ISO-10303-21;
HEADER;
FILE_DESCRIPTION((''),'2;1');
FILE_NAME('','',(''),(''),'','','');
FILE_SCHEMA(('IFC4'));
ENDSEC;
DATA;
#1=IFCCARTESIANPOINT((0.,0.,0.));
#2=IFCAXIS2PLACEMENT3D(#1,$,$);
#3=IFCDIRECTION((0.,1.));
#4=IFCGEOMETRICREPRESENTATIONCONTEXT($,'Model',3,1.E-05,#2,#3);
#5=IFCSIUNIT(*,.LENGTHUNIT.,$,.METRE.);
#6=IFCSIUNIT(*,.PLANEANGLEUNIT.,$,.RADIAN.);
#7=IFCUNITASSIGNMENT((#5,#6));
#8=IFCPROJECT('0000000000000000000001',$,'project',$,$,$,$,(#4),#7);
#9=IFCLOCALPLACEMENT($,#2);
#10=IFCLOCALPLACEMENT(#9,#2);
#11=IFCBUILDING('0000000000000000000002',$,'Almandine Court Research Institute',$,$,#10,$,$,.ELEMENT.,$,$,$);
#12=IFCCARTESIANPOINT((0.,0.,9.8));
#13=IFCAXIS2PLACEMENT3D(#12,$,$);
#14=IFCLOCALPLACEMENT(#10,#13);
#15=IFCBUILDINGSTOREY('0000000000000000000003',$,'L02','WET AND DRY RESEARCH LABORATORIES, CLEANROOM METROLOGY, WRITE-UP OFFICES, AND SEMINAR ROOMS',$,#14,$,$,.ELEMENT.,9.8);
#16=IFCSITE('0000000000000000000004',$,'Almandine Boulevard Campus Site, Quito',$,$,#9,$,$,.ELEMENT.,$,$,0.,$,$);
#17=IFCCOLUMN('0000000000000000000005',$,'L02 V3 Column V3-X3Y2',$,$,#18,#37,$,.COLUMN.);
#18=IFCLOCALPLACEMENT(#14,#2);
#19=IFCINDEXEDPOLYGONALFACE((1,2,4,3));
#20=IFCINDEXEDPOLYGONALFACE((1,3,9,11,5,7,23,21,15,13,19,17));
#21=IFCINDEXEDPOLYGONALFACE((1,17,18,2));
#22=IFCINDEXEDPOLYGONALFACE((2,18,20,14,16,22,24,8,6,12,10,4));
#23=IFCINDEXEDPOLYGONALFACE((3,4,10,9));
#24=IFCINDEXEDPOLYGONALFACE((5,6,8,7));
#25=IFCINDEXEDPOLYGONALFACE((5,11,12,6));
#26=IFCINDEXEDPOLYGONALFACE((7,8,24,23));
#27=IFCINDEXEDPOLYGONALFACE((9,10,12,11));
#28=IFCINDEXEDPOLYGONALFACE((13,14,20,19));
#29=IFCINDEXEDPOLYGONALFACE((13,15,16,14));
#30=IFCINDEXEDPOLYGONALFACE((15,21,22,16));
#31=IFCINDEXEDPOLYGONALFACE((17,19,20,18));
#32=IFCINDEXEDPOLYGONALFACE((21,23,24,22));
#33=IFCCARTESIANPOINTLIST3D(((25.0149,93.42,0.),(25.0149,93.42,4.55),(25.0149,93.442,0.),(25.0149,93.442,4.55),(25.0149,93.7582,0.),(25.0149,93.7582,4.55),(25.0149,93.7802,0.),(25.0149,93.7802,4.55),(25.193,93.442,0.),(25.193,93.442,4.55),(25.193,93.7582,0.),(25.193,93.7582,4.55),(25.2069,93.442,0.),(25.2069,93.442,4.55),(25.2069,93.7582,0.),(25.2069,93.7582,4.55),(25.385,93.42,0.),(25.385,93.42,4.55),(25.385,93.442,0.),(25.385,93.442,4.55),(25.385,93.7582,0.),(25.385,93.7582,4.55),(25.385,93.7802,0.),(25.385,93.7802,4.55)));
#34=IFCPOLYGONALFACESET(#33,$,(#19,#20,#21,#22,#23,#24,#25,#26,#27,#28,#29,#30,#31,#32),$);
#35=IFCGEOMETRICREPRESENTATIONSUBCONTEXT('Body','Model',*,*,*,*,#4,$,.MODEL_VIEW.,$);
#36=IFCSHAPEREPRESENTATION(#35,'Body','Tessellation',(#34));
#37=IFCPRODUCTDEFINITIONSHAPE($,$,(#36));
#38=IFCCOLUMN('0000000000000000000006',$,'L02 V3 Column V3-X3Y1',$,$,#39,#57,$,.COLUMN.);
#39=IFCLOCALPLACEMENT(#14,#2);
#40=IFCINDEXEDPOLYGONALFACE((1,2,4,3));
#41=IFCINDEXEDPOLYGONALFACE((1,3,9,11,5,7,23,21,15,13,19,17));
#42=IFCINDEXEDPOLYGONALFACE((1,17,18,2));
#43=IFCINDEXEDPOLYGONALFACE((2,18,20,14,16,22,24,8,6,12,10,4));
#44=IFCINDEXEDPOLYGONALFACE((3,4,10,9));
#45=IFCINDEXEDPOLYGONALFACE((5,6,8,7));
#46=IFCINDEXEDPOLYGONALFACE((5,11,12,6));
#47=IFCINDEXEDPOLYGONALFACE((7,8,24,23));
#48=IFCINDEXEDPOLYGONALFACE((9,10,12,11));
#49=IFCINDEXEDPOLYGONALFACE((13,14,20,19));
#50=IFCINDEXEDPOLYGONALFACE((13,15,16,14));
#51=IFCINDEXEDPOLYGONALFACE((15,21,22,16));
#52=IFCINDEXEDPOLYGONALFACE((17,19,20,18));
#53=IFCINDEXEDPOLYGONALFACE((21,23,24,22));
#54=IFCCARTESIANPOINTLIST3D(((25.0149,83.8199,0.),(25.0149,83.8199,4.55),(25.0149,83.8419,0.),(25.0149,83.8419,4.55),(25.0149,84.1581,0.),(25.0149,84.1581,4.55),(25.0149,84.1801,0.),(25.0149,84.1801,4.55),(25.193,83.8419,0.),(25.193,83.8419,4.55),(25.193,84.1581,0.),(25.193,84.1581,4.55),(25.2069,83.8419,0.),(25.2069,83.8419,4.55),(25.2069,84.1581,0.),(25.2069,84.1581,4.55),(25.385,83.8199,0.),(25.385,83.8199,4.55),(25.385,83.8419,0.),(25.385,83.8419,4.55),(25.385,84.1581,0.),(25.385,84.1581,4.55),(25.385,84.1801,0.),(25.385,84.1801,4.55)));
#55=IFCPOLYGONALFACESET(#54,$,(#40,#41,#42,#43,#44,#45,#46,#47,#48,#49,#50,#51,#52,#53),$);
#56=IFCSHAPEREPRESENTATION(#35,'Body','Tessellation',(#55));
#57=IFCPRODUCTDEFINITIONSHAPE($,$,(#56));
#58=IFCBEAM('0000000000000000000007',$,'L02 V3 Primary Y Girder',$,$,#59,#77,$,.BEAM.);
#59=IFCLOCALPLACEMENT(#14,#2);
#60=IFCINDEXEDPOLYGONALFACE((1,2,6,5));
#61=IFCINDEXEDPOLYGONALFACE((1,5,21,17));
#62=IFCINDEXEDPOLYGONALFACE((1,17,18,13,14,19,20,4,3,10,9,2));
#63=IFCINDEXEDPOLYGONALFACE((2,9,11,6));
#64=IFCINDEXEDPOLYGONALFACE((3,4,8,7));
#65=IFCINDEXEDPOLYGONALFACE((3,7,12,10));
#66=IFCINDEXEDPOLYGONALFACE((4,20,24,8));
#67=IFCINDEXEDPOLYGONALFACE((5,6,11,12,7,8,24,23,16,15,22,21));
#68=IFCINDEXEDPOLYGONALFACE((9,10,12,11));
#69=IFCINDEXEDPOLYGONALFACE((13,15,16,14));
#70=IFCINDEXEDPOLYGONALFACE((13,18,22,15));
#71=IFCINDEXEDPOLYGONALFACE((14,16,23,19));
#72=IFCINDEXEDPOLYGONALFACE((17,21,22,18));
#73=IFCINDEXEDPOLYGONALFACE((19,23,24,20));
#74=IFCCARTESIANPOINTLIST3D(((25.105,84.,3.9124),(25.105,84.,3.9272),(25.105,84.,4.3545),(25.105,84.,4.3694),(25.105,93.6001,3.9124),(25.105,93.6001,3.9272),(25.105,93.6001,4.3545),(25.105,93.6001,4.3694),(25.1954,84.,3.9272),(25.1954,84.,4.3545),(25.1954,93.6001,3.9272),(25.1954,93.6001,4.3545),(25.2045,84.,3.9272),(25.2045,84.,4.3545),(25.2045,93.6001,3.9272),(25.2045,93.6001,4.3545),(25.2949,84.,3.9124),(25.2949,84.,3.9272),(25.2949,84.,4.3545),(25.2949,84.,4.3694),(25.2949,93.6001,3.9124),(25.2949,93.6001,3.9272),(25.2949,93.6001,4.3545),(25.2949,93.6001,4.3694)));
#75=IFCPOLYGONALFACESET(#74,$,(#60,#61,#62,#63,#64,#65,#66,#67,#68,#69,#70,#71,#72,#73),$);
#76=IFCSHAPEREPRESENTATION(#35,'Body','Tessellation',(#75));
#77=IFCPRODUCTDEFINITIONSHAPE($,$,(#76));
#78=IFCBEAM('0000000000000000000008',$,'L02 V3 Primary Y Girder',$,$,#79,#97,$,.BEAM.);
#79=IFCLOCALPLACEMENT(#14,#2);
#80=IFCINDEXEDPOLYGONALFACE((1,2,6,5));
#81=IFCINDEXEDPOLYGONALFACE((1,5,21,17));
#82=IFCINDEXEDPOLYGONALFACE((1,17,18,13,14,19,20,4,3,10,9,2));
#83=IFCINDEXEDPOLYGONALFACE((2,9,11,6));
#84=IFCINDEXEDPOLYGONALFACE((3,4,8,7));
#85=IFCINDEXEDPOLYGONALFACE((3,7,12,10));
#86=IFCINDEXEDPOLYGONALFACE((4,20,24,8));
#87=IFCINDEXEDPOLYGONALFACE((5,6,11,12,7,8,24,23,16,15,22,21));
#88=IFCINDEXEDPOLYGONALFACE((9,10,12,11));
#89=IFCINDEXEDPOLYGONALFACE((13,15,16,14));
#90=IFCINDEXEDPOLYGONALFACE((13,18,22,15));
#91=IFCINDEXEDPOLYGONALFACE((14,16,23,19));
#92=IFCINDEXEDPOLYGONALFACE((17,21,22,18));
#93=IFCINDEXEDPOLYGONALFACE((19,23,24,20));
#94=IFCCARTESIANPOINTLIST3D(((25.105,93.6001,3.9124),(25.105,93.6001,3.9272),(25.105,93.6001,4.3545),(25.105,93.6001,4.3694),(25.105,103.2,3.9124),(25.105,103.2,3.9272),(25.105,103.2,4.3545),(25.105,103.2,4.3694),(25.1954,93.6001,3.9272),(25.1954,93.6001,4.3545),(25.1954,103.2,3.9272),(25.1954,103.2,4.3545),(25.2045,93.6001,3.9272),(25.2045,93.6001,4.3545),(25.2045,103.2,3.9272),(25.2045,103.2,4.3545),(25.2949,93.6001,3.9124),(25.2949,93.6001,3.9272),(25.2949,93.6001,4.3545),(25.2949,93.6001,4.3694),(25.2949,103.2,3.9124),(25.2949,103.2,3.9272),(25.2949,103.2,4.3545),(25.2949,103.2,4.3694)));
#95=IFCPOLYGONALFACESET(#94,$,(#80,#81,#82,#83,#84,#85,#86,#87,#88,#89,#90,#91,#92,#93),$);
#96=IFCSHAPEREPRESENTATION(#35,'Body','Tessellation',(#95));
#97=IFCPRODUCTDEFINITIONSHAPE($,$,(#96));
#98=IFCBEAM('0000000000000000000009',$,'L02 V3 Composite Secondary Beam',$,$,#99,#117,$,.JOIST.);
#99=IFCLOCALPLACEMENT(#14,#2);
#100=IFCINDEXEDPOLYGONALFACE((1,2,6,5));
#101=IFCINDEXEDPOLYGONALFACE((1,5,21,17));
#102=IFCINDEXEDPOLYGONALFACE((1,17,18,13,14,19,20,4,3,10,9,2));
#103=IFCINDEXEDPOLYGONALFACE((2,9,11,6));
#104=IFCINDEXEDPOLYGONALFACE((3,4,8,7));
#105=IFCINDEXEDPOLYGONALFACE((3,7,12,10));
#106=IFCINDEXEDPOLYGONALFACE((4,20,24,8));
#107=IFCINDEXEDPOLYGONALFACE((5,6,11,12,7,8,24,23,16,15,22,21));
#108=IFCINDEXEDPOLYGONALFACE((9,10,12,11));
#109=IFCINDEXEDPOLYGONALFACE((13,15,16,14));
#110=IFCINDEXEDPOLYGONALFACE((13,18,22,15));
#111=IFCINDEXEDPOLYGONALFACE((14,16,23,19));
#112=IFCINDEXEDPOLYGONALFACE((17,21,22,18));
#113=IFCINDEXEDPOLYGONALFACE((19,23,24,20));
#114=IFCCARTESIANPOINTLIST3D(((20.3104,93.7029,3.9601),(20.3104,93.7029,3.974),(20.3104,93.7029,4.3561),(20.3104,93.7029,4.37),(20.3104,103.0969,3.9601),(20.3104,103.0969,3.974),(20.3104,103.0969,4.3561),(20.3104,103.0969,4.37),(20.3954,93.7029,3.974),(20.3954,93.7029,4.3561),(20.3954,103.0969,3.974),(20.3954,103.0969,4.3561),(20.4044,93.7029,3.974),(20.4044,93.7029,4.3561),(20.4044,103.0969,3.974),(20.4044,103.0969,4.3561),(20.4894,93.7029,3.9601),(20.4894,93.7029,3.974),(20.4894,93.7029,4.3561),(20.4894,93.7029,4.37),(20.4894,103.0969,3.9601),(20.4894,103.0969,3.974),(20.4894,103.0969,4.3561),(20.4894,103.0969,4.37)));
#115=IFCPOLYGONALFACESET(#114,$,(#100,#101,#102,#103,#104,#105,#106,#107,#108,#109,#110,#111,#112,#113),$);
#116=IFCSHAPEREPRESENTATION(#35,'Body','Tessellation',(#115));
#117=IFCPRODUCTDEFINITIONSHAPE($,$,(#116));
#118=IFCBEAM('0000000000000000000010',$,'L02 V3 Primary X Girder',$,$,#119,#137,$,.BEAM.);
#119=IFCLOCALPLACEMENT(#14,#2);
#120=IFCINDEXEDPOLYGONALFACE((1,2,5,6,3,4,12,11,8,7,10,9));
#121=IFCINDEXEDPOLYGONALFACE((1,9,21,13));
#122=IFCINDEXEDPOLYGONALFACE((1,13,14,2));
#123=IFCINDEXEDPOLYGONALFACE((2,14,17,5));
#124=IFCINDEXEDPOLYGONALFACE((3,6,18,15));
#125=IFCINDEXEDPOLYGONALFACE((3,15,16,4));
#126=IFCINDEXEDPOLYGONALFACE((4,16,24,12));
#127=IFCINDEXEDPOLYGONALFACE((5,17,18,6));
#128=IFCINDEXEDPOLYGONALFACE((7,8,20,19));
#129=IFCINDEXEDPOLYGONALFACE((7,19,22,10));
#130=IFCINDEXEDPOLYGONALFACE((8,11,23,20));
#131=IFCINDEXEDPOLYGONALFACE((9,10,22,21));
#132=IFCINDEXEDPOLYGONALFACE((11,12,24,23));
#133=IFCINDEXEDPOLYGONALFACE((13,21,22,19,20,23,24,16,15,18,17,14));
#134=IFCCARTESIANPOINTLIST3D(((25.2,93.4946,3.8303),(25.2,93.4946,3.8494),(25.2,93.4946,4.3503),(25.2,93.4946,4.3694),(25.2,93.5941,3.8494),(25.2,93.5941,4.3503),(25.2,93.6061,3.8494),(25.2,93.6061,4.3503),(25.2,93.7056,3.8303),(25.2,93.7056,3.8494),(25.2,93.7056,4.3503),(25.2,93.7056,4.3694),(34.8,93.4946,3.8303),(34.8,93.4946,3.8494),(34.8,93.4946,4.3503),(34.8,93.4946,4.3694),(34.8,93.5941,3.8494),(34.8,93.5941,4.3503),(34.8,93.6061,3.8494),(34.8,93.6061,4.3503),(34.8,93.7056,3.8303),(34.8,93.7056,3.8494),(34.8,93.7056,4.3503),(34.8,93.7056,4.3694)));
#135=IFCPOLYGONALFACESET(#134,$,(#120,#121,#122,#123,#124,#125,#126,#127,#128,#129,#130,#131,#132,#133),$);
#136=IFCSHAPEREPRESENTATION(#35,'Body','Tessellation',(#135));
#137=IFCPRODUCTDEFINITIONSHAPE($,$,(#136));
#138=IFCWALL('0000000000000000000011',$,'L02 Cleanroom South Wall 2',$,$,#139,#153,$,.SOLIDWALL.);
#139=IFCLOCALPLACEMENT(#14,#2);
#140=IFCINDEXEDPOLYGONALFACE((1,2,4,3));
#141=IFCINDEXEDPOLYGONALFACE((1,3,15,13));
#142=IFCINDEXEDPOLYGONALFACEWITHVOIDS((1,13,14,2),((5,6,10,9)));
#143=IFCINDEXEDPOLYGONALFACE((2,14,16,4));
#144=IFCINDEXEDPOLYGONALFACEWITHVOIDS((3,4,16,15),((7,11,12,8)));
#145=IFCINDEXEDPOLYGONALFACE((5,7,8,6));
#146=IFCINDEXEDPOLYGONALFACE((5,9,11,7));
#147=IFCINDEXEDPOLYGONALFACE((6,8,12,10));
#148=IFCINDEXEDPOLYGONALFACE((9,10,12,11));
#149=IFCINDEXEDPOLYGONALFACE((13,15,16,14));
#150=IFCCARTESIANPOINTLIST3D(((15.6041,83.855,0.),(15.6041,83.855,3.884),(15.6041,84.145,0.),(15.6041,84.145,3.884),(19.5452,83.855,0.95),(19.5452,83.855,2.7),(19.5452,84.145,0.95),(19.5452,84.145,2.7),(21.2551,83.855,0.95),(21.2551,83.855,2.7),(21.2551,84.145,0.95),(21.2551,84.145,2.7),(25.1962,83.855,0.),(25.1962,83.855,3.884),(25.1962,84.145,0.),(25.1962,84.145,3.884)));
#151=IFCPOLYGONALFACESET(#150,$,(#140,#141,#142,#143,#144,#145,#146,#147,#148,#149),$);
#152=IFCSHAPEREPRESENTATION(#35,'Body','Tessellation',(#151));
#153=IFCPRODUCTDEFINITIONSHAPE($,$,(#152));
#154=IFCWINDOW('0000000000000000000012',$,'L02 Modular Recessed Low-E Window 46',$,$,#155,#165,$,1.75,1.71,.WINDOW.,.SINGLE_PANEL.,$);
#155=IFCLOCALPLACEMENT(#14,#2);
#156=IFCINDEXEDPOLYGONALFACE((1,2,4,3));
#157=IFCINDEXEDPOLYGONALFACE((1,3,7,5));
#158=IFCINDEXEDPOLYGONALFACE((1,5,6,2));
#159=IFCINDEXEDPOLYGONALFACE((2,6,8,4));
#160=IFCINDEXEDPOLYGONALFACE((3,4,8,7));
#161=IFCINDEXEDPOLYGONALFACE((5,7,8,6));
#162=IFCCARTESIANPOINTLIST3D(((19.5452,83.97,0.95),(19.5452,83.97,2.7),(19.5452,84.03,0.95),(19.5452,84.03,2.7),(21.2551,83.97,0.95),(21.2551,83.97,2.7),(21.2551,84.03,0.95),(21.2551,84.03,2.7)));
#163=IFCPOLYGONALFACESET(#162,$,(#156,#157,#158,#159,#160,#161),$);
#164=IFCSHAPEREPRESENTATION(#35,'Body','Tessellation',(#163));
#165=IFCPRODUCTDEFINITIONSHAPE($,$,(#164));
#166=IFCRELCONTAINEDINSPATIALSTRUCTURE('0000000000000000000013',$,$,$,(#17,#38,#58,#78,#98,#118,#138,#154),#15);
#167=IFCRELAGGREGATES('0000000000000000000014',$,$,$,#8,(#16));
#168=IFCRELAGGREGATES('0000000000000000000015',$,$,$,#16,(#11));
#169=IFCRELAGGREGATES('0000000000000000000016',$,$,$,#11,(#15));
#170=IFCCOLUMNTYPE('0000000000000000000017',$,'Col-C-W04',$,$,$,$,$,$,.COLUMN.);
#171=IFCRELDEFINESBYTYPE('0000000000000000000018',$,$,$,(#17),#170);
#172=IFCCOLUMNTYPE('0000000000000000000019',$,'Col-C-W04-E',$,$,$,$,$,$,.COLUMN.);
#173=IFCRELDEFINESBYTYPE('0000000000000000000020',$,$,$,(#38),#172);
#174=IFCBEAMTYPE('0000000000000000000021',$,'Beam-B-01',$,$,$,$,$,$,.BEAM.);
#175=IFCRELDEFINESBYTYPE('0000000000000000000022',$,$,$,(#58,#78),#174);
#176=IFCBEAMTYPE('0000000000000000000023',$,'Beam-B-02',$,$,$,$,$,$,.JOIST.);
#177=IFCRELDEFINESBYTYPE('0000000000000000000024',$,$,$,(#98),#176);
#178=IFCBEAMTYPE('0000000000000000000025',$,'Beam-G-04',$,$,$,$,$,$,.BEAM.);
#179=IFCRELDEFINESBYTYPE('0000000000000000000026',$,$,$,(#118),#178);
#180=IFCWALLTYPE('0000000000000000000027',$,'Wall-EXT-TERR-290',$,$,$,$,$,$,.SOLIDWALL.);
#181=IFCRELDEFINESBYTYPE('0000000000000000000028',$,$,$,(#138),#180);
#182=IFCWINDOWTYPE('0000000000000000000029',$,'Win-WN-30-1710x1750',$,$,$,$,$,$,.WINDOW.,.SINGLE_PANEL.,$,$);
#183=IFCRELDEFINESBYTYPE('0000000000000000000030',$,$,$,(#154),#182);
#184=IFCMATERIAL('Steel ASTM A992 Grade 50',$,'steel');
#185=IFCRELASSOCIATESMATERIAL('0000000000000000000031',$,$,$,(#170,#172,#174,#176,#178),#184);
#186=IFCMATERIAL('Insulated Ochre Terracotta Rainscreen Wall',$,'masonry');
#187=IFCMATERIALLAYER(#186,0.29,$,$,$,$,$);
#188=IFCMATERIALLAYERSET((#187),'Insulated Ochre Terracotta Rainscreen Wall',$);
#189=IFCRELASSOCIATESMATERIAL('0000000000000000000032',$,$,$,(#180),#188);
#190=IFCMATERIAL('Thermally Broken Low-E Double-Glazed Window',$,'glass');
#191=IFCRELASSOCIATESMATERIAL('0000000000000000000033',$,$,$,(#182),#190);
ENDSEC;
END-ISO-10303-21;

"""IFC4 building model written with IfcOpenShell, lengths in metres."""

from ifc_helpers import new_model, si_unit, direction, frame, frame_2d, origin, origin_2d, place, context, subcontext, project, spatial, rectangle, i_section, extrude, material, layer, layer_set, material_profile, profile_set, type_object, element, fill, save


model = new_model("IFC4")

# Units and contexts
model_context = context("Model", 3, precision=1e-05, world=origin(), true_north=direction((0.0, 1.0)))
body_context = subcontext(model_context, "Body", "Model", "MODEL_VIEW")
ifc_project = project(units=[si_unit("LENGTHUNIT", "METRE"), si_unit("PLANEANGLEUNIT", "RADIAN")], contexts=[model_context])

# Site, building, storey
site_placement = place(None, origin())
site = spatial("IfcSite", under=ifc_project, at=site_placement, Name="Almandine Boulevard Campus Site, Quito", CompositionType="ELEMENT", RefElevation=0.0)
building_placement = place(site_placement, origin())
building = spatial("IfcBuilding", under=site, at=building_placement, Name="Almandine Court Research Institute", CompositionType="ELEMENT")
storey_placement = place(building_placement, frame((0.0, 0.0, 9.8)))
storey = spatial("IfcBuildingStorey", under=building, at=storey_placement, Name="L02", Description="WET AND DRY RESEARCH LABORATORIES, CLEANROOM METROLOGY, WRITE-UP OFFICES, AND SEMINAR ROOMS", CompositionType="ELEMENT", Elevation=9.8)

# Columns
ifc_material_1 = material(Name="Steel ASTM A992 Grade 50", Category="steel")
ifc_material_profile_1 = material_profile(ifc_material_1, i_section(OverallWidth=0.3701, OverallDepth=0.3601, WebThickness=0.0139, FlangeThickness=0.022, at=origin_2d()), Name="W360x147")
ifc_profile_set_1 = profile_set([ifc_material_profile_1], Name="Steel ASTM A992 Grade 50")
column_type_1 = type_object("IfcColumnType", Name="Col-C-W04", PredefinedType="COLUMN", material=ifc_profile_set_1)
column_1_placement = place(storey_placement, frame((25.2, 93.6001, 0.0), z_axis=(0.0, 0.0, 1.0), x_axis=(1.0, 0.0, 0.0)))
element("IfcColumn", 1, at=column_1_placement, inside=storey, type_object=column_type_1, Name="L02 V3 Column V3-X3Y2", PredefinedType="COLUMN", context=body_context, shape_type="SweptSolid", body=[
    extrude(i_section(OverallWidth=0.3701, OverallDepth=0.3601, WebThickness=0.0139, FlangeThickness=0.022, at=origin_2d()), origin(), (0.0, 0.0, 1.0), 4.55),
])
ifc_material_profile_2 = material_profile(ifc_material_1, i_section(OverallWidth=0.3701, OverallDepth=0.3601, WebThickness=0.0139, FlangeThickness=0.022, at=origin_2d()), Name="W360x147")
ifc_profile_set_2 = profile_set([ifc_material_profile_2], Name="Steel ASTM A992 Grade 50")
column_type_2 = type_object("IfcColumnType", Name="Col-C-W04-E", PredefinedType="COLUMN", material=ifc_profile_set_2)
column_2_placement = place(storey_placement, frame((25.2, 84.0, 0.0), z_axis=(0.0, 0.0, 1.0), x_axis=(1.0, 0.0, 0.0)))
element("IfcColumn", 2, at=column_2_placement, inside=storey, type_object=column_type_2, Name="L02 V3 Column V3-X3Y1", PredefinedType="COLUMN", context=body_context, shape_type="SweptSolid", body=[
    extrude(i_section(OverallWidth=0.3701, OverallDepth=0.3601, WebThickness=0.0139, FlangeThickness=0.022, at=origin_2d()), origin(), (0.0, 0.0, 1.0), 4.55),
])

# Beams
ifc_material_profile_3 = material_profile(ifc_material_1, i_section(OverallWidth=0.1899, OverallDepth=0.457, WebThickness=0.009, FlangeThickness=0.0149, at=origin_2d()), Name="W460x74")
ifc_profile_set_3 = profile_set([ifc_material_profile_3], Name="Steel ASTM A992 Grade 50")
beam_type_1 = type_object("IfcBeamType", Name="Beam-B-01", PredefinedType="BEAM", material=ifc_profile_set_3)
beam_1_placement = place(storey_placement, frame((25.2, 84.0, 4.1409), z_axis=(0.0, 1.0, 0.0), x_axis=(-1.0, 0.0, 0.0)))
element("IfcBeam", 3, at=beam_1_placement, inside=storey, type_object=beam_type_1, Name="L02 V3 Primary Y Girder", PredefinedType="BEAM", context=body_context, shape_type="SweptSolid", body=[
    extrude(i_section(OverallWidth=0.1899, OverallDepth=0.457, WebThickness=0.009, FlangeThickness=0.0149, at=origin_2d()), origin(), (0.0, 0.0, 1.0), 9.6001),
])
beam_2_placement = place(storey_placement, frame((25.2, 93.6001, 4.1409), z_axis=(0.0, 1.0, 0.0), x_axis=(-1.0, 0.0, 0.0)))
element("IfcBeam", 4, at=beam_2_placement, inside=storey, type_object=beam_type_1, Name="L02 V3 Primary Y Girder", PredefinedType="BEAM", context=body_context, shape_type="SweptSolid", body=[
    extrude(i_section(OverallWidth=0.1899, OverallDepth=0.457, WebThickness=0.009, FlangeThickness=0.0149, at=origin_2d()), origin(), (0.0, 0.0, 1.0), 9.5999),
])
ifc_material_profile_4 = material_profile(ifc_material_1, i_section(OverallWidth=0.179, OverallDepth=0.4099, WebThickness=0.009, FlangeThickness=0.0139, at=origin_2d()), Name="W410x67")
ifc_profile_set_4 = profile_set([ifc_material_profile_4], Name="Steel ASTM A992 Grade 50")
beam_type_2 = type_object("IfcBeamType", Name="Beam-B-02", PredefinedType="JOIST", material=ifc_profile_set_4)
beam_3_placement = place(storey_placement, frame((20.3999, 93.7029, 4.165), z_axis=(0.0, 1.0, 0.0), x_axis=(-1.0, 0.0, 0.0)))
element("IfcBeam", 5, at=beam_3_placement, inside=storey, type_object=beam_type_2, Name="L02 V3 Composite Secondary Beam", PredefinedType="JOIST", context=body_context, shape_type="SweptSolid", body=[
    extrude(i_section(OverallWidth=0.179, OverallDepth=0.4099, WebThickness=0.009, FlangeThickness=0.0139, at=origin_2d()), origin(), (0.0, 0.0, 1.0), 9.394),
])
ifc_material_profile_5 = material_profile(ifc_material_1, i_section(OverallWidth=0.2109, OverallDepth=0.5391, WebThickness=0.012, FlangeThickness=0.019, at=origin_2d()), Name="W530x109")
ifc_profile_set_5 = profile_set([ifc_material_profile_5], Name="Steel ASTM A992 Grade 50")
beam_type_3 = type_object("IfcBeamType", Name="Beam-G-04", PredefinedType="BEAM", material=ifc_profile_set_5)
beam_4_placement = place(storey_placement, frame((25.2, 93.6001, 4.0999), z_axis=(1.0, 0.0, 0.0), x_axis=(0.0, 1.0, 0.0)))
element("IfcBeam", 6, at=beam_4_placement, inside=storey, type_object=beam_type_3, Name="L02 V3 Primary X Girder", PredefinedType="BEAM", context=body_context, shape_type="SweptSolid", body=[
    extrude(i_section(OverallWidth=0.2109, OverallDepth=0.5391, WebThickness=0.012, FlangeThickness=0.019, at=origin_2d()), origin(), (0.0, 0.0, 1.0), 9.6001),
])

# Wall, opening, window
ifc_material_2 = material(Name="Insulated Ochre Terracotta Rainscreen Wall", Category="masonry")
ifc_layer_1 = layer(ifc_material_2, 0.29)
ifc_layer_set_1 = layer_set([ifc_layer_1], Name="Insulated Ochre Terracotta Rainscreen Wall")
wall_type_1 = type_object("IfcWallType", Name="Wall-EXT-TERR-290", PredefinedType="SOLIDWALL", material=ifc_layer_set_1)
wall_1_placement = place(storey_placement, frame((25.196, 84.0, 0.0), z_axis=(0.0, 0.0, 1.0), x_axis=(-1.0, 0.0, 0.0)))
wall_1 = element("IfcWall", 7, at=wall_1_placement, inside=storey, type_object=wall_type_1, Name="L02 Cleanroom South Wall 2", PredefinedType="SOLIDWALL", context=body_context, shape_type="SweptSolid", body=[
    extrude(rectangle(XDim=9.592, YDim=0.29, at=frame_2d((4.7959, 0.0))), origin(), (0.0, 0.0, 1.0), 3.884),
])
opening_1_placement = place(wall_1_placement, frame((3.9409, 0.0, 0.95)))
opening_1 = element("IfcOpeningElement", 8, at=opening_1_placement, cuts=wall_1, PredefinedType="OPENING", context=body_context, shape_type="SweptSolid", body=[
    extrude(rectangle(XDim=1.71, YDim=1.75, at=frame_2d((0.855, 0.875))), frame((0.0, 0.155, 0.0), z_axis=(0.0, -1.0, 0.0), x_axis=(1.0, 0.0, 0.0)), (0.0, 0.0, 1.0), 0.3101),
])
ifc_material_3 = material(Name="Thermally Broken Low-E Double-Glazed Window", Category="glass")
window_type = type_object("IfcWindowType", Name="Win-WN-30-1710x1750", PartitioningType="SINGLE_PANEL", PredefinedType="WINDOW", material=ifc_material_3)
window_placement = place(opening_1_placement, origin())
window = element("IfcWindow", 9, at=window_placement, inside=storey, type_object=window_type, Name="L02 Modular Recessed Low-E Window 46", OverallHeight=1.75, OverallWidth=1.71, PartitioningType="SINGLE_PANEL", PredefinedType="WINDOW", context=body_context, shape_type="SweptSolid", body=[
    extrude(rectangle(XDim=1.71, YDim=1.75, at=frame_2d((0.855, 0.875))), frame((0.0, 0.03, 0.0), z_axis=(0.0, -1.0, 0.0), x_axis=(1.0, 0.0, 0.0)), (0.0, 0.0, 1.0), 0.0601),
])
fill(opening_1, window)

save(model, "model.ifc")
